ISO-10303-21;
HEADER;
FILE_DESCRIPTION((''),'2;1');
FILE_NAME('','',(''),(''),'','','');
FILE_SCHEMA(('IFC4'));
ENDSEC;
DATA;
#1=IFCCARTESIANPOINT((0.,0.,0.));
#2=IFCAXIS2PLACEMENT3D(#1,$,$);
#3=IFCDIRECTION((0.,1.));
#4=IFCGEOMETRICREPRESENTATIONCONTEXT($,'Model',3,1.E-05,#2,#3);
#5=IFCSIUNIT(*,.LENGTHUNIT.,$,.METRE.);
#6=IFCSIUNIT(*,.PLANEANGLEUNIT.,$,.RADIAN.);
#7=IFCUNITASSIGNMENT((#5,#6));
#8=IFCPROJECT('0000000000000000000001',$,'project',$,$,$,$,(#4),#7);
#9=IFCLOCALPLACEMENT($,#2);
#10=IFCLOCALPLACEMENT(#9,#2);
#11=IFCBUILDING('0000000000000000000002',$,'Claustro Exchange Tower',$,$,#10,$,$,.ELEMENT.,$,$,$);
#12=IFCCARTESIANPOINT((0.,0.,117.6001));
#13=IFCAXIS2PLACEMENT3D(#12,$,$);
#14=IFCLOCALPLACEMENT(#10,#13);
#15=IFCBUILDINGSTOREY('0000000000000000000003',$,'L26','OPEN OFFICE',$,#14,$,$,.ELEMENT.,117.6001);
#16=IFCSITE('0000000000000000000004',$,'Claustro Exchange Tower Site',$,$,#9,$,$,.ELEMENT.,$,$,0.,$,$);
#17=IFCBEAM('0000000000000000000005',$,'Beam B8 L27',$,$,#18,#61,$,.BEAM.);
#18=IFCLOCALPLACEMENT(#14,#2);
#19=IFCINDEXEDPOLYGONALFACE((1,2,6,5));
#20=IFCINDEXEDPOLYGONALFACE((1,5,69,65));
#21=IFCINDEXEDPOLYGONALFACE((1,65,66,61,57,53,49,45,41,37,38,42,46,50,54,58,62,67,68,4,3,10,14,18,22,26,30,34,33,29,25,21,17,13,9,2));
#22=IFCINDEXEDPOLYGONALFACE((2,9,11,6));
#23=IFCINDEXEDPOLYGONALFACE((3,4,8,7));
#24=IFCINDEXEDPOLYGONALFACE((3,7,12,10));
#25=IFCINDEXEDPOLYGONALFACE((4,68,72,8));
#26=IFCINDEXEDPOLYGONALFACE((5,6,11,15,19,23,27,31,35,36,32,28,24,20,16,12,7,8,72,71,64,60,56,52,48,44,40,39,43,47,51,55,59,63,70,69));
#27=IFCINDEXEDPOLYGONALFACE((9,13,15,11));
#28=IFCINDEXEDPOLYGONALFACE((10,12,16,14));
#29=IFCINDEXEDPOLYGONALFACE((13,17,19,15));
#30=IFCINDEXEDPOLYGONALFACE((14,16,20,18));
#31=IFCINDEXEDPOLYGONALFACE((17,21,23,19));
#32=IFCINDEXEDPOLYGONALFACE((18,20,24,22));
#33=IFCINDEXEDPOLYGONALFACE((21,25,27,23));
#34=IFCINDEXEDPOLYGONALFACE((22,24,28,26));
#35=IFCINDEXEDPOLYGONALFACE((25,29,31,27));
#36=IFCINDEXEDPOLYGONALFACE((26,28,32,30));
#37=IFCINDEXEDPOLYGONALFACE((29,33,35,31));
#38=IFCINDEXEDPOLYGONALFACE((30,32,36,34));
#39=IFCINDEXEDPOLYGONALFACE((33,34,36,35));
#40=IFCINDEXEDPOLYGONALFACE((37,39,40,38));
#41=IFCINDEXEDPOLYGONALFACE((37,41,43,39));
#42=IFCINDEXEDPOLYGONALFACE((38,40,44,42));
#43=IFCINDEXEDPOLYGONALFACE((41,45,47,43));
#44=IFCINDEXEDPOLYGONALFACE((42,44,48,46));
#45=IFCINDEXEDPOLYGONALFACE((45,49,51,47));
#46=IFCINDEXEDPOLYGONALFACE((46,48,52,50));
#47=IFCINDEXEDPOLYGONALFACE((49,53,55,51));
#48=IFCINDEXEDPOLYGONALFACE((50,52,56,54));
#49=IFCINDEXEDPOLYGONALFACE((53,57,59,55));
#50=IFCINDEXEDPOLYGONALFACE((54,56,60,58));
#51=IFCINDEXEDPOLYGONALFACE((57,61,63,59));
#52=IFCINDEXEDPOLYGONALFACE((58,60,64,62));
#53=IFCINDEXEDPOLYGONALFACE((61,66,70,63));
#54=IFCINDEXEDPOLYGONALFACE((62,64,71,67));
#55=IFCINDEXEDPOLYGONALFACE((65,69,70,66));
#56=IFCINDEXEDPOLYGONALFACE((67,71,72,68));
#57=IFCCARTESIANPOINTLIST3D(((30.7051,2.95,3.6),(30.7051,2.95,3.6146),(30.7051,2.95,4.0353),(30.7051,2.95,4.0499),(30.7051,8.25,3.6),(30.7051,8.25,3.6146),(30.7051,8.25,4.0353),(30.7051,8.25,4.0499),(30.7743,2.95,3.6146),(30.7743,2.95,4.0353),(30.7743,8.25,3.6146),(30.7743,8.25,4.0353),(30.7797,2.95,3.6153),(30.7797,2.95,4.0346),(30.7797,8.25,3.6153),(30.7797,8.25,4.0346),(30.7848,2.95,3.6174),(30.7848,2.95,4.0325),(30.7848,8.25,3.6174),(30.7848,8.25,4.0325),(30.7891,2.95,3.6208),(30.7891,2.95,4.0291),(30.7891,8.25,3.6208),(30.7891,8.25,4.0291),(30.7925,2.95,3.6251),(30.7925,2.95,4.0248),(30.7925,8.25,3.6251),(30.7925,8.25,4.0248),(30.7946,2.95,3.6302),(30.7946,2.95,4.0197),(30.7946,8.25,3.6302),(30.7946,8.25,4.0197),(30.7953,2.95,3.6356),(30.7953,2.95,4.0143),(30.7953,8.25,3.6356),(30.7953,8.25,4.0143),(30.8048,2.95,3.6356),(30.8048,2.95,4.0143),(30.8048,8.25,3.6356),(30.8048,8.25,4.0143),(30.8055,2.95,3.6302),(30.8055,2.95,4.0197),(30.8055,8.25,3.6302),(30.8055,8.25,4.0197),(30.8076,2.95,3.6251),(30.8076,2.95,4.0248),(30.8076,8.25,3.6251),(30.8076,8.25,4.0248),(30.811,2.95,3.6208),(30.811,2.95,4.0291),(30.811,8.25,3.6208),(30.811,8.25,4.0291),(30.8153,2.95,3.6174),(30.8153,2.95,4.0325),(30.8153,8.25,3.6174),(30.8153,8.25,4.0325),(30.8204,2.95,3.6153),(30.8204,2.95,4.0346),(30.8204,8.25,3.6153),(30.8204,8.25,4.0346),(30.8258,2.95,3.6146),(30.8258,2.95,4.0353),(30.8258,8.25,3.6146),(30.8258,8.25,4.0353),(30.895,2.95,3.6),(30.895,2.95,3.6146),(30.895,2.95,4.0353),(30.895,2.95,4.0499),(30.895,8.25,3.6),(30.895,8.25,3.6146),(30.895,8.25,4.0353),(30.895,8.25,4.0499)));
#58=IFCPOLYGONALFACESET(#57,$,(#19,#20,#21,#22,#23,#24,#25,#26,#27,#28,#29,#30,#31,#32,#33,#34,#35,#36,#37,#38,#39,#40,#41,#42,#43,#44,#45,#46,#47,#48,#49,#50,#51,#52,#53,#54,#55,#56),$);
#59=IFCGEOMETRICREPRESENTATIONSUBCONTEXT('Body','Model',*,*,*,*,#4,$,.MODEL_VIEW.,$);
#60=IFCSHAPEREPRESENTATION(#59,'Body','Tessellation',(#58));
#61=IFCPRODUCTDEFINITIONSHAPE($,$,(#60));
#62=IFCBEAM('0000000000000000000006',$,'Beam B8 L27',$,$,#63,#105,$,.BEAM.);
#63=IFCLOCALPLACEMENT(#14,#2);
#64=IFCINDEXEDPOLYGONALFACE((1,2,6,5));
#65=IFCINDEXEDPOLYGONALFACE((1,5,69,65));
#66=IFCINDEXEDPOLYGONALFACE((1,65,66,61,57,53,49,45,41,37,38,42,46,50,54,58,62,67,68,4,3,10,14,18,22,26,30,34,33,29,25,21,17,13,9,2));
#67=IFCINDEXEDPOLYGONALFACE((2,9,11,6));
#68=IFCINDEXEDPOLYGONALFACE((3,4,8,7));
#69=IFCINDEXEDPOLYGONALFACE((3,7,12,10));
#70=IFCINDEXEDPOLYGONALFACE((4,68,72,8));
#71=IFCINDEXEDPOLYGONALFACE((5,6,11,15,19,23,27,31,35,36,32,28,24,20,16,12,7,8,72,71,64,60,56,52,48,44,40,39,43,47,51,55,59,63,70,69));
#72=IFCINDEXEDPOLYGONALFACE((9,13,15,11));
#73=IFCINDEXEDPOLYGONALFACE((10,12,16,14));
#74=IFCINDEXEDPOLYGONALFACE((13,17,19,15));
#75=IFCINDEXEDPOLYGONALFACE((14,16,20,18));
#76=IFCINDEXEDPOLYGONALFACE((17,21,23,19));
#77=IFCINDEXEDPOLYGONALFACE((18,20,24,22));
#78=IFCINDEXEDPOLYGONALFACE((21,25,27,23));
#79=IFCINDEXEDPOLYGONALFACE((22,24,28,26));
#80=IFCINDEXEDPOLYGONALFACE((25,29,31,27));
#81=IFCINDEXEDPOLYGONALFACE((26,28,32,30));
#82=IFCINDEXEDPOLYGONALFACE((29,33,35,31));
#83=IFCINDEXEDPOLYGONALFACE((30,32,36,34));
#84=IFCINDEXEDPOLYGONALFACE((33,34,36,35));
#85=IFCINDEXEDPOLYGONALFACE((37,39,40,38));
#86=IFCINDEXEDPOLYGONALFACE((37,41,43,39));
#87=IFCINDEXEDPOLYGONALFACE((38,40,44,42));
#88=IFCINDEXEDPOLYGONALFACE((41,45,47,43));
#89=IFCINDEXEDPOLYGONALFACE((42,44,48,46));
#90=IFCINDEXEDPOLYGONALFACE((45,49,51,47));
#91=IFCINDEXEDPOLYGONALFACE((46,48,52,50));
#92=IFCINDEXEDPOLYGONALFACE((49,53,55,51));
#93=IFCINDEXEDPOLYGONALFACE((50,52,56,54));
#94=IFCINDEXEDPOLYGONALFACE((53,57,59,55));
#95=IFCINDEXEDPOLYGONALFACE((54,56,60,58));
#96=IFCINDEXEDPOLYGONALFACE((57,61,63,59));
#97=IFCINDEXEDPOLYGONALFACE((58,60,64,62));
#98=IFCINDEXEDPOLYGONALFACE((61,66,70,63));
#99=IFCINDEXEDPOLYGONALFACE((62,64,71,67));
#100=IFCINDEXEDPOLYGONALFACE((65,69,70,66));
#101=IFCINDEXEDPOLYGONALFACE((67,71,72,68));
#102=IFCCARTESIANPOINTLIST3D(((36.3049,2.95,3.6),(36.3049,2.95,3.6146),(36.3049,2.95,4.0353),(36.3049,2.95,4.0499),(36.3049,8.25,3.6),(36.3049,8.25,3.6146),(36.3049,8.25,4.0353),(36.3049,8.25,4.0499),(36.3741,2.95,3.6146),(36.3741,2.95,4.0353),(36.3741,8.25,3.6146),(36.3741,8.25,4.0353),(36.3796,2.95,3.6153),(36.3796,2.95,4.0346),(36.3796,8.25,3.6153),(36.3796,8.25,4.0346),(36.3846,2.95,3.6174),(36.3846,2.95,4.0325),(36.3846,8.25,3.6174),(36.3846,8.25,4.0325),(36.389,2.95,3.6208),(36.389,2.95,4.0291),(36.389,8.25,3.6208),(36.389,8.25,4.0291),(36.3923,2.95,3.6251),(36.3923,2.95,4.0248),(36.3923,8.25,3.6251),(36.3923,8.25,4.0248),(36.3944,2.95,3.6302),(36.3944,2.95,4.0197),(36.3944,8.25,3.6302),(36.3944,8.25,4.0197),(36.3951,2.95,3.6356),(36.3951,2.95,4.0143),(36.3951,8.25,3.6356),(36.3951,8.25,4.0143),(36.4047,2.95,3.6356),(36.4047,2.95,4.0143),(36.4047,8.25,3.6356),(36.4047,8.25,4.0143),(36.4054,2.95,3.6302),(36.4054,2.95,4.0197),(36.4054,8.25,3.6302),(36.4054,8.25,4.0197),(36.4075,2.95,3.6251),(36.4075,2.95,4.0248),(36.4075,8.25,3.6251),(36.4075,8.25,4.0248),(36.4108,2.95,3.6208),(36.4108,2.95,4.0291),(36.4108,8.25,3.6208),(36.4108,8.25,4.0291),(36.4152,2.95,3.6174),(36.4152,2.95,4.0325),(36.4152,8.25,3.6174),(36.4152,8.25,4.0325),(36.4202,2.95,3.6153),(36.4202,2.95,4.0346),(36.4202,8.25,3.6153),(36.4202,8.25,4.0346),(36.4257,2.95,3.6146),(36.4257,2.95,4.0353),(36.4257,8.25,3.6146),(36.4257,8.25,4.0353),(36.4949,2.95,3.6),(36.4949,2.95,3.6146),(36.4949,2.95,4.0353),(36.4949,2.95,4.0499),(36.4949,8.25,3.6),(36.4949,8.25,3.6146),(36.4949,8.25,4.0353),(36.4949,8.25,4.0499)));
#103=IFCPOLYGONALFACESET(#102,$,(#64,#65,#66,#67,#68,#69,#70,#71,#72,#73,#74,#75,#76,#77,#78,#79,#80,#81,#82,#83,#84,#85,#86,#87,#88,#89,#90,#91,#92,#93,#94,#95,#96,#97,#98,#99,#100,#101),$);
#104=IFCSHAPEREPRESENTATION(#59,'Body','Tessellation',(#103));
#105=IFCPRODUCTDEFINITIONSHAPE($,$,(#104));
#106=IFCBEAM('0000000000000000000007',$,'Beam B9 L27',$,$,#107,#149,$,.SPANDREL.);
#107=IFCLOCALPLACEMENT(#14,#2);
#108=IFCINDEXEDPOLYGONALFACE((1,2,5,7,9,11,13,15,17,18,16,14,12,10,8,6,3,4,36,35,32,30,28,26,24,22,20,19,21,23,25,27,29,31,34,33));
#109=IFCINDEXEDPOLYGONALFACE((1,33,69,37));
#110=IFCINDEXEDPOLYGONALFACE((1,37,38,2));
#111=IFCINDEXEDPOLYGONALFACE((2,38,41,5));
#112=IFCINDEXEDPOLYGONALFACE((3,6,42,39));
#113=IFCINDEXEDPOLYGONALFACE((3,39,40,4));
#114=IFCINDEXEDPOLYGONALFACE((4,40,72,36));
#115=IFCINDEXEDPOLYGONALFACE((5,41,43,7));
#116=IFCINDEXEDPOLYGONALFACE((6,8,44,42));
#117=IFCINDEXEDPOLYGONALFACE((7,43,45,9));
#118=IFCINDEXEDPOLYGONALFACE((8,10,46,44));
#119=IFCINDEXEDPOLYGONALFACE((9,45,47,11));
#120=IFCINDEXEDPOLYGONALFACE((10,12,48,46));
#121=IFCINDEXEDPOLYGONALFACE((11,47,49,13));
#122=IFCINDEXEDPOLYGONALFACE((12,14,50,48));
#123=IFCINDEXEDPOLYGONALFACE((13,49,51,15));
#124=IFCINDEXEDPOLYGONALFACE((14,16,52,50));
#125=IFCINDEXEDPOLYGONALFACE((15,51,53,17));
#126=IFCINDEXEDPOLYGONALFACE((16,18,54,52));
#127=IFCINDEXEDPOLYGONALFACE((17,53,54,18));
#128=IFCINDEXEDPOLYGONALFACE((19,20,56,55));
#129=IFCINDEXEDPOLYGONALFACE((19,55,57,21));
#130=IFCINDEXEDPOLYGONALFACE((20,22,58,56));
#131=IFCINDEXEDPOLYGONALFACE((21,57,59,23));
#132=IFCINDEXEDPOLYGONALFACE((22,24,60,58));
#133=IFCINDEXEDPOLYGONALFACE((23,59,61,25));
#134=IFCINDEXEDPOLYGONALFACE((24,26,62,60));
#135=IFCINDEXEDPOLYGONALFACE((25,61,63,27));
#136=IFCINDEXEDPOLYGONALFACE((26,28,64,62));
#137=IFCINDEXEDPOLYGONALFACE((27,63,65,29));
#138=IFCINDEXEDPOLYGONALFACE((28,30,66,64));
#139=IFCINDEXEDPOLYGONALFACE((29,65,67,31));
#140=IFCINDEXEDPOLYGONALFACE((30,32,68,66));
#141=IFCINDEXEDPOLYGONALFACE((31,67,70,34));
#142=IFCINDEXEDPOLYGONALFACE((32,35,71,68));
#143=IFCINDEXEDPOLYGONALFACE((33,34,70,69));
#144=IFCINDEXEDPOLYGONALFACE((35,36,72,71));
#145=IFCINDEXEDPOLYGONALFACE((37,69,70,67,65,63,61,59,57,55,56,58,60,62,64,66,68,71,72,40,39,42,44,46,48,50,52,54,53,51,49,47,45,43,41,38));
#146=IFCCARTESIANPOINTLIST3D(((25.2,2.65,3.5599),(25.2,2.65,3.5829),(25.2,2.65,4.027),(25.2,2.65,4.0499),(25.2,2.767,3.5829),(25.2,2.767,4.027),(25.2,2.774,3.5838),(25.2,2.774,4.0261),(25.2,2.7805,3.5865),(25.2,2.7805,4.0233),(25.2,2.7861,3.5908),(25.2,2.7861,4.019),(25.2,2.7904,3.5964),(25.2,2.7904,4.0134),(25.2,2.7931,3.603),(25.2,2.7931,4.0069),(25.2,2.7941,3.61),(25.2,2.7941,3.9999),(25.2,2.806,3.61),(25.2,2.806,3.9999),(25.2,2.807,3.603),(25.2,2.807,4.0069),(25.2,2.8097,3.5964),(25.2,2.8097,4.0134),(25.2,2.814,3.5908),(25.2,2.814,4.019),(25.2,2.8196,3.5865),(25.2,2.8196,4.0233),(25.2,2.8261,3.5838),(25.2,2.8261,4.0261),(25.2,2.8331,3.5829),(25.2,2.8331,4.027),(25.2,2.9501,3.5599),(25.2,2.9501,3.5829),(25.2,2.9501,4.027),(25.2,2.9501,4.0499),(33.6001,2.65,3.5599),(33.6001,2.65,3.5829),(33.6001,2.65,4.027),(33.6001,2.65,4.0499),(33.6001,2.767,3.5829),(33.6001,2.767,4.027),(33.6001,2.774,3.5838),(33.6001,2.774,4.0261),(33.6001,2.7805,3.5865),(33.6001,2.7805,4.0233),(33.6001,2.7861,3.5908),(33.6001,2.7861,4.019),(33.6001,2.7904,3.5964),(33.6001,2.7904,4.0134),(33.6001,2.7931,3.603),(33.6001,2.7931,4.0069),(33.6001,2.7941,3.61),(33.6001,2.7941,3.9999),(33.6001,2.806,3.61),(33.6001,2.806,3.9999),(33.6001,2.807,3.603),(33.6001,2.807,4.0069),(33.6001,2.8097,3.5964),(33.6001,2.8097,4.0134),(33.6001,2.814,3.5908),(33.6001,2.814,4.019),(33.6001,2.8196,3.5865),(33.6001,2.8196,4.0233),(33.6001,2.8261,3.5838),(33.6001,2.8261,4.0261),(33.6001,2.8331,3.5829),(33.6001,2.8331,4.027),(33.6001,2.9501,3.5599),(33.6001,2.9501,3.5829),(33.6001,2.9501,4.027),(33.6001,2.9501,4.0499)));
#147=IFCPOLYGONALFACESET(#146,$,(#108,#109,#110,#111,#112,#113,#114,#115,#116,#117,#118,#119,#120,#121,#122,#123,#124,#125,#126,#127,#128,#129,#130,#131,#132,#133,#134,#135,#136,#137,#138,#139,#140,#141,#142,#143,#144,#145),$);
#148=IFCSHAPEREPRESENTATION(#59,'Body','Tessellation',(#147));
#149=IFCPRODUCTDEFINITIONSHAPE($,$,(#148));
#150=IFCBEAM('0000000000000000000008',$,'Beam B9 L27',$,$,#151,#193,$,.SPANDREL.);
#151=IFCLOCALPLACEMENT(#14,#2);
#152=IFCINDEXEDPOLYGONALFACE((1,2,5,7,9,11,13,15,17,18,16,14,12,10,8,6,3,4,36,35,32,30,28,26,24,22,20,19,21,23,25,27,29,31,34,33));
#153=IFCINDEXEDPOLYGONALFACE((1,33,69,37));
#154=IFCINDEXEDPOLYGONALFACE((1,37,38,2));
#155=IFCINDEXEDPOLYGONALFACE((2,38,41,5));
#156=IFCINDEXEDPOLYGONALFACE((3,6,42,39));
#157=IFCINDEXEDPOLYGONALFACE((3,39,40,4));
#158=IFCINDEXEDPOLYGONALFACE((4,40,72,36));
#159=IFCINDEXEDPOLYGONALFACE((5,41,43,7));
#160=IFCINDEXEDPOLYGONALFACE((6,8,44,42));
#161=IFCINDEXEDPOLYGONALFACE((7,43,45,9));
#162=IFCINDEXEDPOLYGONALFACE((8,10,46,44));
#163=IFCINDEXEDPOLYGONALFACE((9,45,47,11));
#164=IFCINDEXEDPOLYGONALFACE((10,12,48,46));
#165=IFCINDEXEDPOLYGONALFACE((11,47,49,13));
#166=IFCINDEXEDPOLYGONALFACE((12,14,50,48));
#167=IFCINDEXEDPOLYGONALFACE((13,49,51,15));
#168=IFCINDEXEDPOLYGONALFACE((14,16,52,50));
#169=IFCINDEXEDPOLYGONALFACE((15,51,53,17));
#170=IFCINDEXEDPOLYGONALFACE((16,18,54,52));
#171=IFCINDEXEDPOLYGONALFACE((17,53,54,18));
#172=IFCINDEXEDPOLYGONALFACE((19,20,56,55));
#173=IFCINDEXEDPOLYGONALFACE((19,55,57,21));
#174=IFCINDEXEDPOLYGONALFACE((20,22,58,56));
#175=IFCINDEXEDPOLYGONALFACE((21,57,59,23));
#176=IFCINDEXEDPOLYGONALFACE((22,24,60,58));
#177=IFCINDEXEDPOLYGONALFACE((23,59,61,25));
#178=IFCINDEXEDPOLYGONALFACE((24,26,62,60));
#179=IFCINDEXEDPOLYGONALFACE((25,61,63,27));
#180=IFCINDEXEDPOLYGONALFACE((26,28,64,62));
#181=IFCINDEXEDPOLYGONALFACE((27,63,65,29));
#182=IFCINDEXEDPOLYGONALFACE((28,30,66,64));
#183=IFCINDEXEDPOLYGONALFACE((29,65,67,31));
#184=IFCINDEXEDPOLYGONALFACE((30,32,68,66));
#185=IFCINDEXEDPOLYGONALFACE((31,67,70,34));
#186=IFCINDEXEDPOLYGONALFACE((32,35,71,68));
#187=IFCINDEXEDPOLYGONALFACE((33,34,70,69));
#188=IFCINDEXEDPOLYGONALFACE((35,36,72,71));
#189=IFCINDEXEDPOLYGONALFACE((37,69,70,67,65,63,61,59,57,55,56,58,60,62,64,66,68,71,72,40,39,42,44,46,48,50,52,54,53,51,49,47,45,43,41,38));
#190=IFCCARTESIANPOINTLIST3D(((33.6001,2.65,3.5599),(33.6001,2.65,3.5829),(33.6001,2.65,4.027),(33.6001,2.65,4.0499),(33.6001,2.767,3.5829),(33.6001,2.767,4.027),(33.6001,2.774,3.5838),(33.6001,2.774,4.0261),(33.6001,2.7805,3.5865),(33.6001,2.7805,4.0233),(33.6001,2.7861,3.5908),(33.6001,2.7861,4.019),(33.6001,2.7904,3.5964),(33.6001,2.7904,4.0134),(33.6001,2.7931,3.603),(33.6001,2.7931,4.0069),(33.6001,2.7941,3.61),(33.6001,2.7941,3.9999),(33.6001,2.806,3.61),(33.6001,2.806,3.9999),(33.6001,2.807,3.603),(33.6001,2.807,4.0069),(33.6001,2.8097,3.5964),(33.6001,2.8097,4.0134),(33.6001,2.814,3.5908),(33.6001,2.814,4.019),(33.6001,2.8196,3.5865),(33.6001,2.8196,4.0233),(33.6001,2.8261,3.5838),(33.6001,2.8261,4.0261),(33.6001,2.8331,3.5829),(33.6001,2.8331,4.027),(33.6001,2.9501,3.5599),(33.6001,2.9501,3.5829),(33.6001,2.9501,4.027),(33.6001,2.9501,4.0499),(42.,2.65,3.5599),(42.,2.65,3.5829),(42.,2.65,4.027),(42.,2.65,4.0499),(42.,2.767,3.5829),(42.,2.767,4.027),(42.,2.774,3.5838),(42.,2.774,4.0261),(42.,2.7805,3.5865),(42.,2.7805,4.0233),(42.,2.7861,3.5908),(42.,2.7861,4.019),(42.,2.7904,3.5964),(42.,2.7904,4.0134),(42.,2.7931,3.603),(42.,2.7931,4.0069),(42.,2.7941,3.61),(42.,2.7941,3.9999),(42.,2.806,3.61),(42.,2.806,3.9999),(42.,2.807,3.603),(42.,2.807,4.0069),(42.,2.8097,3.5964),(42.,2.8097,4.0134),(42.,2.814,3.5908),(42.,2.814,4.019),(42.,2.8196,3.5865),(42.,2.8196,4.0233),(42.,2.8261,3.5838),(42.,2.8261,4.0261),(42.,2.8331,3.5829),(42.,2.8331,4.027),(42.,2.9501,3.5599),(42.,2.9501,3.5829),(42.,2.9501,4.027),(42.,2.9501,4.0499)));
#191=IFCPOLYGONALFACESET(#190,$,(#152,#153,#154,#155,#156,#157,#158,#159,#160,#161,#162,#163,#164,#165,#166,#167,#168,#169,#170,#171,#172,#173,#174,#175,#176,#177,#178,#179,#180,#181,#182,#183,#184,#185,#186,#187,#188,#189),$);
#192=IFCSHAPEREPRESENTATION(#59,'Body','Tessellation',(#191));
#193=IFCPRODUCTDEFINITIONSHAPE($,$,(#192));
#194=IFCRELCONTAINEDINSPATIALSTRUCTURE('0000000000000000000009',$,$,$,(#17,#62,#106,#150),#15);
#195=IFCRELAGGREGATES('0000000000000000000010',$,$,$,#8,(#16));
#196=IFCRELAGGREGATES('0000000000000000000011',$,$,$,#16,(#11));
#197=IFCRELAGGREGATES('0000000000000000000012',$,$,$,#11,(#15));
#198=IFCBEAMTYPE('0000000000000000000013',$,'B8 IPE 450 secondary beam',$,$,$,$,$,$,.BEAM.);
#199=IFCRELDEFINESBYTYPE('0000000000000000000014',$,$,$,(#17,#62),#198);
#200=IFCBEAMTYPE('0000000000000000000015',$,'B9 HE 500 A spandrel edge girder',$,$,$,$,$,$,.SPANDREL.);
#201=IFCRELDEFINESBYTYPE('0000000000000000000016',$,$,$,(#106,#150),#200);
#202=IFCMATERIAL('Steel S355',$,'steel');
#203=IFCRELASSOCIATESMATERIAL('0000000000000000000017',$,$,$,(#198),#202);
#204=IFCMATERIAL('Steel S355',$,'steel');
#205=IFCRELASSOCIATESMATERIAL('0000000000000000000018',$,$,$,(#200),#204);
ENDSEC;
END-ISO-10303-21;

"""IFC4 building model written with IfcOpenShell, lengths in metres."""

from ifc_helpers import new_model, si_unit, direction, frame, origin, origin_2d, place, context, subcontext, project, spatial, i_section, extrude, material, material_profile, profile_set, type_object, element, save


model = new_model("IFC4")

# Units and contexts
model_context = context("Model", 3, precision=1e-05, world=origin(), true_north=direction((0.0, 1.0)))
body_context = subcontext(model_context, "Body", "Model", "MODEL_VIEW")
ifc_project = project(units=[si_unit("LENGTHUNIT", "METRE"), si_unit("PLANEANGLEUNIT", "RADIAN")], contexts=[model_context])

# Site, building, storey
site_placement = place(None, origin())
site = spatial("IfcSite", under=ifc_project, at=site_placement, Name="Claustro Exchange Tower Site", CompositionType="ELEMENT", RefElevation=0.0)
building_placement = place(site_placement, origin())
building = spatial("IfcBuilding", under=site, at=building_placement, Name="Claustro Exchange Tower", CompositionType="ELEMENT")
storey_placement = place(building_placement, frame((0.0, 0.0, 117.6001)))
storey = spatial("IfcBuildingStorey", under=building, at=storey_placement, Name="L26", Description="OPEN OFFICE", CompositionType="ELEMENT", Elevation=117.6001)

# Beams
ifc_material_1 = material(Name="Steel S355", Category="steel")
ifc_material_profile_1 = material_profile(ifc_material_1, i_section(OverallWidth=0.1899, OverallDepth=0.45, WebThickness=0.0095, FlangeThickness=0.0146, FilletRadius=0.021, at=origin_2d()), Name="IPE 450")
ifc_profile_set_1 = profile_set([ifc_material_profile_1], Name="Steel S355")
beam_type_1 = type_object("IfcBeamType", Name="B8 IPE 450 secondary beam", PredefinedType="BEAM", material=ifc_profile_set_1)
for number, where, z_axis, x_axis, name in (
    (1, (30.8, 2.95, 3.825), (0.0, 1.0, 0.0), (-1.0, 0.0, 0.0), "Beam B8 L27"),
    (2, (36.3999, 2.95, 3.825), (0.0, 1.0, 0.0), (-1.0, 0.0, 0.0), "Beam B8 L27"),
):
    element("IfcBeam", number, at=place(storey_placement, frame(where, z_axis=z_axis, x_axis=x_axis)), inside=storey, type_object=beam_type_1, Name=name, PredefinedType="BEAM", context=body_context, shape_type="SweptSolid", body=[
        extrude(i_section(OverallWidth=0.1899, OverallDepth=0.45, WebThickness=0.0095, FlangeThickness=0.0146, FilletRadius=0.021, at=origin_2d()), origin(), (0.0, 0.0, 1.0), 5.3),
    ])
ifc_material_2 = material(Name="Steel S355", Category="steel")
ifc_material_profile_2 = material_profile(ifc_material_2, i_section(OverallWidth=0.3, OverallDepth=0.49, WebThickness=0.012, FlangeThickness=0.0229, FilletRadius=0.0271, at=origin_2d()), Name="HE 500 A")
ifc_profile_set_2 = profile_set([ifc_material_profile_2], Name="Steel S355")
beam_type_2 = type_object("IfcBeamType", Name="B9 HE 500 A spandrel edge girder", PredefinedType="SPANDREL", material=ifc_profile_set_2)
beam_1_placement = place(storey_placement, frame((25.2, 2.8, 3.8049), z_axis=(1.0, 0.0, 0.0), x_axis=(0.0, 1.0, 0.0)))
element("IfcBeam", 3, at=beam_1_placement, inside=storey, type_object=beam_type_2, Name="Beam B9 L27", PredefinedType="SPANDREL", context=body_context, shape_type="SweptSolid", body=[
    extrude(i_section(OverallWidth=0.3, OverallDepth=0.49, WebThickness=0.012, FlangeThickness=0.0229, FilletRadius=0.0271, at=origin_2d()), origin(), (0.0, 0.0, 1.0), 8.4001),
])
beam_2_placement = place(storey_placement, frame((33.6001, 2.8, 3.8049), z_axis=(1.0, 0.0, 0.0), x_axis=(0.0, 1.0, 0.0)))
element("IfcBeam", 4, at=beam_2_placement, inside=storey, type_object=beam_type_2, Name="Beam B9 L27", PredefinedType="SPANDREL", context=body_context, shape_type="SweptSolid", body=[
    extrude(i_section(OverallWidth=0.3, OverallDepth=0.49, WebThickness=0.012, FlangeThickness=0.0229, FilletRadius=0.0271, at=origin_2d()), origin(), (0.0, 0.0, 1.0), 8.3999),
])

save(model, "model.ifc")
